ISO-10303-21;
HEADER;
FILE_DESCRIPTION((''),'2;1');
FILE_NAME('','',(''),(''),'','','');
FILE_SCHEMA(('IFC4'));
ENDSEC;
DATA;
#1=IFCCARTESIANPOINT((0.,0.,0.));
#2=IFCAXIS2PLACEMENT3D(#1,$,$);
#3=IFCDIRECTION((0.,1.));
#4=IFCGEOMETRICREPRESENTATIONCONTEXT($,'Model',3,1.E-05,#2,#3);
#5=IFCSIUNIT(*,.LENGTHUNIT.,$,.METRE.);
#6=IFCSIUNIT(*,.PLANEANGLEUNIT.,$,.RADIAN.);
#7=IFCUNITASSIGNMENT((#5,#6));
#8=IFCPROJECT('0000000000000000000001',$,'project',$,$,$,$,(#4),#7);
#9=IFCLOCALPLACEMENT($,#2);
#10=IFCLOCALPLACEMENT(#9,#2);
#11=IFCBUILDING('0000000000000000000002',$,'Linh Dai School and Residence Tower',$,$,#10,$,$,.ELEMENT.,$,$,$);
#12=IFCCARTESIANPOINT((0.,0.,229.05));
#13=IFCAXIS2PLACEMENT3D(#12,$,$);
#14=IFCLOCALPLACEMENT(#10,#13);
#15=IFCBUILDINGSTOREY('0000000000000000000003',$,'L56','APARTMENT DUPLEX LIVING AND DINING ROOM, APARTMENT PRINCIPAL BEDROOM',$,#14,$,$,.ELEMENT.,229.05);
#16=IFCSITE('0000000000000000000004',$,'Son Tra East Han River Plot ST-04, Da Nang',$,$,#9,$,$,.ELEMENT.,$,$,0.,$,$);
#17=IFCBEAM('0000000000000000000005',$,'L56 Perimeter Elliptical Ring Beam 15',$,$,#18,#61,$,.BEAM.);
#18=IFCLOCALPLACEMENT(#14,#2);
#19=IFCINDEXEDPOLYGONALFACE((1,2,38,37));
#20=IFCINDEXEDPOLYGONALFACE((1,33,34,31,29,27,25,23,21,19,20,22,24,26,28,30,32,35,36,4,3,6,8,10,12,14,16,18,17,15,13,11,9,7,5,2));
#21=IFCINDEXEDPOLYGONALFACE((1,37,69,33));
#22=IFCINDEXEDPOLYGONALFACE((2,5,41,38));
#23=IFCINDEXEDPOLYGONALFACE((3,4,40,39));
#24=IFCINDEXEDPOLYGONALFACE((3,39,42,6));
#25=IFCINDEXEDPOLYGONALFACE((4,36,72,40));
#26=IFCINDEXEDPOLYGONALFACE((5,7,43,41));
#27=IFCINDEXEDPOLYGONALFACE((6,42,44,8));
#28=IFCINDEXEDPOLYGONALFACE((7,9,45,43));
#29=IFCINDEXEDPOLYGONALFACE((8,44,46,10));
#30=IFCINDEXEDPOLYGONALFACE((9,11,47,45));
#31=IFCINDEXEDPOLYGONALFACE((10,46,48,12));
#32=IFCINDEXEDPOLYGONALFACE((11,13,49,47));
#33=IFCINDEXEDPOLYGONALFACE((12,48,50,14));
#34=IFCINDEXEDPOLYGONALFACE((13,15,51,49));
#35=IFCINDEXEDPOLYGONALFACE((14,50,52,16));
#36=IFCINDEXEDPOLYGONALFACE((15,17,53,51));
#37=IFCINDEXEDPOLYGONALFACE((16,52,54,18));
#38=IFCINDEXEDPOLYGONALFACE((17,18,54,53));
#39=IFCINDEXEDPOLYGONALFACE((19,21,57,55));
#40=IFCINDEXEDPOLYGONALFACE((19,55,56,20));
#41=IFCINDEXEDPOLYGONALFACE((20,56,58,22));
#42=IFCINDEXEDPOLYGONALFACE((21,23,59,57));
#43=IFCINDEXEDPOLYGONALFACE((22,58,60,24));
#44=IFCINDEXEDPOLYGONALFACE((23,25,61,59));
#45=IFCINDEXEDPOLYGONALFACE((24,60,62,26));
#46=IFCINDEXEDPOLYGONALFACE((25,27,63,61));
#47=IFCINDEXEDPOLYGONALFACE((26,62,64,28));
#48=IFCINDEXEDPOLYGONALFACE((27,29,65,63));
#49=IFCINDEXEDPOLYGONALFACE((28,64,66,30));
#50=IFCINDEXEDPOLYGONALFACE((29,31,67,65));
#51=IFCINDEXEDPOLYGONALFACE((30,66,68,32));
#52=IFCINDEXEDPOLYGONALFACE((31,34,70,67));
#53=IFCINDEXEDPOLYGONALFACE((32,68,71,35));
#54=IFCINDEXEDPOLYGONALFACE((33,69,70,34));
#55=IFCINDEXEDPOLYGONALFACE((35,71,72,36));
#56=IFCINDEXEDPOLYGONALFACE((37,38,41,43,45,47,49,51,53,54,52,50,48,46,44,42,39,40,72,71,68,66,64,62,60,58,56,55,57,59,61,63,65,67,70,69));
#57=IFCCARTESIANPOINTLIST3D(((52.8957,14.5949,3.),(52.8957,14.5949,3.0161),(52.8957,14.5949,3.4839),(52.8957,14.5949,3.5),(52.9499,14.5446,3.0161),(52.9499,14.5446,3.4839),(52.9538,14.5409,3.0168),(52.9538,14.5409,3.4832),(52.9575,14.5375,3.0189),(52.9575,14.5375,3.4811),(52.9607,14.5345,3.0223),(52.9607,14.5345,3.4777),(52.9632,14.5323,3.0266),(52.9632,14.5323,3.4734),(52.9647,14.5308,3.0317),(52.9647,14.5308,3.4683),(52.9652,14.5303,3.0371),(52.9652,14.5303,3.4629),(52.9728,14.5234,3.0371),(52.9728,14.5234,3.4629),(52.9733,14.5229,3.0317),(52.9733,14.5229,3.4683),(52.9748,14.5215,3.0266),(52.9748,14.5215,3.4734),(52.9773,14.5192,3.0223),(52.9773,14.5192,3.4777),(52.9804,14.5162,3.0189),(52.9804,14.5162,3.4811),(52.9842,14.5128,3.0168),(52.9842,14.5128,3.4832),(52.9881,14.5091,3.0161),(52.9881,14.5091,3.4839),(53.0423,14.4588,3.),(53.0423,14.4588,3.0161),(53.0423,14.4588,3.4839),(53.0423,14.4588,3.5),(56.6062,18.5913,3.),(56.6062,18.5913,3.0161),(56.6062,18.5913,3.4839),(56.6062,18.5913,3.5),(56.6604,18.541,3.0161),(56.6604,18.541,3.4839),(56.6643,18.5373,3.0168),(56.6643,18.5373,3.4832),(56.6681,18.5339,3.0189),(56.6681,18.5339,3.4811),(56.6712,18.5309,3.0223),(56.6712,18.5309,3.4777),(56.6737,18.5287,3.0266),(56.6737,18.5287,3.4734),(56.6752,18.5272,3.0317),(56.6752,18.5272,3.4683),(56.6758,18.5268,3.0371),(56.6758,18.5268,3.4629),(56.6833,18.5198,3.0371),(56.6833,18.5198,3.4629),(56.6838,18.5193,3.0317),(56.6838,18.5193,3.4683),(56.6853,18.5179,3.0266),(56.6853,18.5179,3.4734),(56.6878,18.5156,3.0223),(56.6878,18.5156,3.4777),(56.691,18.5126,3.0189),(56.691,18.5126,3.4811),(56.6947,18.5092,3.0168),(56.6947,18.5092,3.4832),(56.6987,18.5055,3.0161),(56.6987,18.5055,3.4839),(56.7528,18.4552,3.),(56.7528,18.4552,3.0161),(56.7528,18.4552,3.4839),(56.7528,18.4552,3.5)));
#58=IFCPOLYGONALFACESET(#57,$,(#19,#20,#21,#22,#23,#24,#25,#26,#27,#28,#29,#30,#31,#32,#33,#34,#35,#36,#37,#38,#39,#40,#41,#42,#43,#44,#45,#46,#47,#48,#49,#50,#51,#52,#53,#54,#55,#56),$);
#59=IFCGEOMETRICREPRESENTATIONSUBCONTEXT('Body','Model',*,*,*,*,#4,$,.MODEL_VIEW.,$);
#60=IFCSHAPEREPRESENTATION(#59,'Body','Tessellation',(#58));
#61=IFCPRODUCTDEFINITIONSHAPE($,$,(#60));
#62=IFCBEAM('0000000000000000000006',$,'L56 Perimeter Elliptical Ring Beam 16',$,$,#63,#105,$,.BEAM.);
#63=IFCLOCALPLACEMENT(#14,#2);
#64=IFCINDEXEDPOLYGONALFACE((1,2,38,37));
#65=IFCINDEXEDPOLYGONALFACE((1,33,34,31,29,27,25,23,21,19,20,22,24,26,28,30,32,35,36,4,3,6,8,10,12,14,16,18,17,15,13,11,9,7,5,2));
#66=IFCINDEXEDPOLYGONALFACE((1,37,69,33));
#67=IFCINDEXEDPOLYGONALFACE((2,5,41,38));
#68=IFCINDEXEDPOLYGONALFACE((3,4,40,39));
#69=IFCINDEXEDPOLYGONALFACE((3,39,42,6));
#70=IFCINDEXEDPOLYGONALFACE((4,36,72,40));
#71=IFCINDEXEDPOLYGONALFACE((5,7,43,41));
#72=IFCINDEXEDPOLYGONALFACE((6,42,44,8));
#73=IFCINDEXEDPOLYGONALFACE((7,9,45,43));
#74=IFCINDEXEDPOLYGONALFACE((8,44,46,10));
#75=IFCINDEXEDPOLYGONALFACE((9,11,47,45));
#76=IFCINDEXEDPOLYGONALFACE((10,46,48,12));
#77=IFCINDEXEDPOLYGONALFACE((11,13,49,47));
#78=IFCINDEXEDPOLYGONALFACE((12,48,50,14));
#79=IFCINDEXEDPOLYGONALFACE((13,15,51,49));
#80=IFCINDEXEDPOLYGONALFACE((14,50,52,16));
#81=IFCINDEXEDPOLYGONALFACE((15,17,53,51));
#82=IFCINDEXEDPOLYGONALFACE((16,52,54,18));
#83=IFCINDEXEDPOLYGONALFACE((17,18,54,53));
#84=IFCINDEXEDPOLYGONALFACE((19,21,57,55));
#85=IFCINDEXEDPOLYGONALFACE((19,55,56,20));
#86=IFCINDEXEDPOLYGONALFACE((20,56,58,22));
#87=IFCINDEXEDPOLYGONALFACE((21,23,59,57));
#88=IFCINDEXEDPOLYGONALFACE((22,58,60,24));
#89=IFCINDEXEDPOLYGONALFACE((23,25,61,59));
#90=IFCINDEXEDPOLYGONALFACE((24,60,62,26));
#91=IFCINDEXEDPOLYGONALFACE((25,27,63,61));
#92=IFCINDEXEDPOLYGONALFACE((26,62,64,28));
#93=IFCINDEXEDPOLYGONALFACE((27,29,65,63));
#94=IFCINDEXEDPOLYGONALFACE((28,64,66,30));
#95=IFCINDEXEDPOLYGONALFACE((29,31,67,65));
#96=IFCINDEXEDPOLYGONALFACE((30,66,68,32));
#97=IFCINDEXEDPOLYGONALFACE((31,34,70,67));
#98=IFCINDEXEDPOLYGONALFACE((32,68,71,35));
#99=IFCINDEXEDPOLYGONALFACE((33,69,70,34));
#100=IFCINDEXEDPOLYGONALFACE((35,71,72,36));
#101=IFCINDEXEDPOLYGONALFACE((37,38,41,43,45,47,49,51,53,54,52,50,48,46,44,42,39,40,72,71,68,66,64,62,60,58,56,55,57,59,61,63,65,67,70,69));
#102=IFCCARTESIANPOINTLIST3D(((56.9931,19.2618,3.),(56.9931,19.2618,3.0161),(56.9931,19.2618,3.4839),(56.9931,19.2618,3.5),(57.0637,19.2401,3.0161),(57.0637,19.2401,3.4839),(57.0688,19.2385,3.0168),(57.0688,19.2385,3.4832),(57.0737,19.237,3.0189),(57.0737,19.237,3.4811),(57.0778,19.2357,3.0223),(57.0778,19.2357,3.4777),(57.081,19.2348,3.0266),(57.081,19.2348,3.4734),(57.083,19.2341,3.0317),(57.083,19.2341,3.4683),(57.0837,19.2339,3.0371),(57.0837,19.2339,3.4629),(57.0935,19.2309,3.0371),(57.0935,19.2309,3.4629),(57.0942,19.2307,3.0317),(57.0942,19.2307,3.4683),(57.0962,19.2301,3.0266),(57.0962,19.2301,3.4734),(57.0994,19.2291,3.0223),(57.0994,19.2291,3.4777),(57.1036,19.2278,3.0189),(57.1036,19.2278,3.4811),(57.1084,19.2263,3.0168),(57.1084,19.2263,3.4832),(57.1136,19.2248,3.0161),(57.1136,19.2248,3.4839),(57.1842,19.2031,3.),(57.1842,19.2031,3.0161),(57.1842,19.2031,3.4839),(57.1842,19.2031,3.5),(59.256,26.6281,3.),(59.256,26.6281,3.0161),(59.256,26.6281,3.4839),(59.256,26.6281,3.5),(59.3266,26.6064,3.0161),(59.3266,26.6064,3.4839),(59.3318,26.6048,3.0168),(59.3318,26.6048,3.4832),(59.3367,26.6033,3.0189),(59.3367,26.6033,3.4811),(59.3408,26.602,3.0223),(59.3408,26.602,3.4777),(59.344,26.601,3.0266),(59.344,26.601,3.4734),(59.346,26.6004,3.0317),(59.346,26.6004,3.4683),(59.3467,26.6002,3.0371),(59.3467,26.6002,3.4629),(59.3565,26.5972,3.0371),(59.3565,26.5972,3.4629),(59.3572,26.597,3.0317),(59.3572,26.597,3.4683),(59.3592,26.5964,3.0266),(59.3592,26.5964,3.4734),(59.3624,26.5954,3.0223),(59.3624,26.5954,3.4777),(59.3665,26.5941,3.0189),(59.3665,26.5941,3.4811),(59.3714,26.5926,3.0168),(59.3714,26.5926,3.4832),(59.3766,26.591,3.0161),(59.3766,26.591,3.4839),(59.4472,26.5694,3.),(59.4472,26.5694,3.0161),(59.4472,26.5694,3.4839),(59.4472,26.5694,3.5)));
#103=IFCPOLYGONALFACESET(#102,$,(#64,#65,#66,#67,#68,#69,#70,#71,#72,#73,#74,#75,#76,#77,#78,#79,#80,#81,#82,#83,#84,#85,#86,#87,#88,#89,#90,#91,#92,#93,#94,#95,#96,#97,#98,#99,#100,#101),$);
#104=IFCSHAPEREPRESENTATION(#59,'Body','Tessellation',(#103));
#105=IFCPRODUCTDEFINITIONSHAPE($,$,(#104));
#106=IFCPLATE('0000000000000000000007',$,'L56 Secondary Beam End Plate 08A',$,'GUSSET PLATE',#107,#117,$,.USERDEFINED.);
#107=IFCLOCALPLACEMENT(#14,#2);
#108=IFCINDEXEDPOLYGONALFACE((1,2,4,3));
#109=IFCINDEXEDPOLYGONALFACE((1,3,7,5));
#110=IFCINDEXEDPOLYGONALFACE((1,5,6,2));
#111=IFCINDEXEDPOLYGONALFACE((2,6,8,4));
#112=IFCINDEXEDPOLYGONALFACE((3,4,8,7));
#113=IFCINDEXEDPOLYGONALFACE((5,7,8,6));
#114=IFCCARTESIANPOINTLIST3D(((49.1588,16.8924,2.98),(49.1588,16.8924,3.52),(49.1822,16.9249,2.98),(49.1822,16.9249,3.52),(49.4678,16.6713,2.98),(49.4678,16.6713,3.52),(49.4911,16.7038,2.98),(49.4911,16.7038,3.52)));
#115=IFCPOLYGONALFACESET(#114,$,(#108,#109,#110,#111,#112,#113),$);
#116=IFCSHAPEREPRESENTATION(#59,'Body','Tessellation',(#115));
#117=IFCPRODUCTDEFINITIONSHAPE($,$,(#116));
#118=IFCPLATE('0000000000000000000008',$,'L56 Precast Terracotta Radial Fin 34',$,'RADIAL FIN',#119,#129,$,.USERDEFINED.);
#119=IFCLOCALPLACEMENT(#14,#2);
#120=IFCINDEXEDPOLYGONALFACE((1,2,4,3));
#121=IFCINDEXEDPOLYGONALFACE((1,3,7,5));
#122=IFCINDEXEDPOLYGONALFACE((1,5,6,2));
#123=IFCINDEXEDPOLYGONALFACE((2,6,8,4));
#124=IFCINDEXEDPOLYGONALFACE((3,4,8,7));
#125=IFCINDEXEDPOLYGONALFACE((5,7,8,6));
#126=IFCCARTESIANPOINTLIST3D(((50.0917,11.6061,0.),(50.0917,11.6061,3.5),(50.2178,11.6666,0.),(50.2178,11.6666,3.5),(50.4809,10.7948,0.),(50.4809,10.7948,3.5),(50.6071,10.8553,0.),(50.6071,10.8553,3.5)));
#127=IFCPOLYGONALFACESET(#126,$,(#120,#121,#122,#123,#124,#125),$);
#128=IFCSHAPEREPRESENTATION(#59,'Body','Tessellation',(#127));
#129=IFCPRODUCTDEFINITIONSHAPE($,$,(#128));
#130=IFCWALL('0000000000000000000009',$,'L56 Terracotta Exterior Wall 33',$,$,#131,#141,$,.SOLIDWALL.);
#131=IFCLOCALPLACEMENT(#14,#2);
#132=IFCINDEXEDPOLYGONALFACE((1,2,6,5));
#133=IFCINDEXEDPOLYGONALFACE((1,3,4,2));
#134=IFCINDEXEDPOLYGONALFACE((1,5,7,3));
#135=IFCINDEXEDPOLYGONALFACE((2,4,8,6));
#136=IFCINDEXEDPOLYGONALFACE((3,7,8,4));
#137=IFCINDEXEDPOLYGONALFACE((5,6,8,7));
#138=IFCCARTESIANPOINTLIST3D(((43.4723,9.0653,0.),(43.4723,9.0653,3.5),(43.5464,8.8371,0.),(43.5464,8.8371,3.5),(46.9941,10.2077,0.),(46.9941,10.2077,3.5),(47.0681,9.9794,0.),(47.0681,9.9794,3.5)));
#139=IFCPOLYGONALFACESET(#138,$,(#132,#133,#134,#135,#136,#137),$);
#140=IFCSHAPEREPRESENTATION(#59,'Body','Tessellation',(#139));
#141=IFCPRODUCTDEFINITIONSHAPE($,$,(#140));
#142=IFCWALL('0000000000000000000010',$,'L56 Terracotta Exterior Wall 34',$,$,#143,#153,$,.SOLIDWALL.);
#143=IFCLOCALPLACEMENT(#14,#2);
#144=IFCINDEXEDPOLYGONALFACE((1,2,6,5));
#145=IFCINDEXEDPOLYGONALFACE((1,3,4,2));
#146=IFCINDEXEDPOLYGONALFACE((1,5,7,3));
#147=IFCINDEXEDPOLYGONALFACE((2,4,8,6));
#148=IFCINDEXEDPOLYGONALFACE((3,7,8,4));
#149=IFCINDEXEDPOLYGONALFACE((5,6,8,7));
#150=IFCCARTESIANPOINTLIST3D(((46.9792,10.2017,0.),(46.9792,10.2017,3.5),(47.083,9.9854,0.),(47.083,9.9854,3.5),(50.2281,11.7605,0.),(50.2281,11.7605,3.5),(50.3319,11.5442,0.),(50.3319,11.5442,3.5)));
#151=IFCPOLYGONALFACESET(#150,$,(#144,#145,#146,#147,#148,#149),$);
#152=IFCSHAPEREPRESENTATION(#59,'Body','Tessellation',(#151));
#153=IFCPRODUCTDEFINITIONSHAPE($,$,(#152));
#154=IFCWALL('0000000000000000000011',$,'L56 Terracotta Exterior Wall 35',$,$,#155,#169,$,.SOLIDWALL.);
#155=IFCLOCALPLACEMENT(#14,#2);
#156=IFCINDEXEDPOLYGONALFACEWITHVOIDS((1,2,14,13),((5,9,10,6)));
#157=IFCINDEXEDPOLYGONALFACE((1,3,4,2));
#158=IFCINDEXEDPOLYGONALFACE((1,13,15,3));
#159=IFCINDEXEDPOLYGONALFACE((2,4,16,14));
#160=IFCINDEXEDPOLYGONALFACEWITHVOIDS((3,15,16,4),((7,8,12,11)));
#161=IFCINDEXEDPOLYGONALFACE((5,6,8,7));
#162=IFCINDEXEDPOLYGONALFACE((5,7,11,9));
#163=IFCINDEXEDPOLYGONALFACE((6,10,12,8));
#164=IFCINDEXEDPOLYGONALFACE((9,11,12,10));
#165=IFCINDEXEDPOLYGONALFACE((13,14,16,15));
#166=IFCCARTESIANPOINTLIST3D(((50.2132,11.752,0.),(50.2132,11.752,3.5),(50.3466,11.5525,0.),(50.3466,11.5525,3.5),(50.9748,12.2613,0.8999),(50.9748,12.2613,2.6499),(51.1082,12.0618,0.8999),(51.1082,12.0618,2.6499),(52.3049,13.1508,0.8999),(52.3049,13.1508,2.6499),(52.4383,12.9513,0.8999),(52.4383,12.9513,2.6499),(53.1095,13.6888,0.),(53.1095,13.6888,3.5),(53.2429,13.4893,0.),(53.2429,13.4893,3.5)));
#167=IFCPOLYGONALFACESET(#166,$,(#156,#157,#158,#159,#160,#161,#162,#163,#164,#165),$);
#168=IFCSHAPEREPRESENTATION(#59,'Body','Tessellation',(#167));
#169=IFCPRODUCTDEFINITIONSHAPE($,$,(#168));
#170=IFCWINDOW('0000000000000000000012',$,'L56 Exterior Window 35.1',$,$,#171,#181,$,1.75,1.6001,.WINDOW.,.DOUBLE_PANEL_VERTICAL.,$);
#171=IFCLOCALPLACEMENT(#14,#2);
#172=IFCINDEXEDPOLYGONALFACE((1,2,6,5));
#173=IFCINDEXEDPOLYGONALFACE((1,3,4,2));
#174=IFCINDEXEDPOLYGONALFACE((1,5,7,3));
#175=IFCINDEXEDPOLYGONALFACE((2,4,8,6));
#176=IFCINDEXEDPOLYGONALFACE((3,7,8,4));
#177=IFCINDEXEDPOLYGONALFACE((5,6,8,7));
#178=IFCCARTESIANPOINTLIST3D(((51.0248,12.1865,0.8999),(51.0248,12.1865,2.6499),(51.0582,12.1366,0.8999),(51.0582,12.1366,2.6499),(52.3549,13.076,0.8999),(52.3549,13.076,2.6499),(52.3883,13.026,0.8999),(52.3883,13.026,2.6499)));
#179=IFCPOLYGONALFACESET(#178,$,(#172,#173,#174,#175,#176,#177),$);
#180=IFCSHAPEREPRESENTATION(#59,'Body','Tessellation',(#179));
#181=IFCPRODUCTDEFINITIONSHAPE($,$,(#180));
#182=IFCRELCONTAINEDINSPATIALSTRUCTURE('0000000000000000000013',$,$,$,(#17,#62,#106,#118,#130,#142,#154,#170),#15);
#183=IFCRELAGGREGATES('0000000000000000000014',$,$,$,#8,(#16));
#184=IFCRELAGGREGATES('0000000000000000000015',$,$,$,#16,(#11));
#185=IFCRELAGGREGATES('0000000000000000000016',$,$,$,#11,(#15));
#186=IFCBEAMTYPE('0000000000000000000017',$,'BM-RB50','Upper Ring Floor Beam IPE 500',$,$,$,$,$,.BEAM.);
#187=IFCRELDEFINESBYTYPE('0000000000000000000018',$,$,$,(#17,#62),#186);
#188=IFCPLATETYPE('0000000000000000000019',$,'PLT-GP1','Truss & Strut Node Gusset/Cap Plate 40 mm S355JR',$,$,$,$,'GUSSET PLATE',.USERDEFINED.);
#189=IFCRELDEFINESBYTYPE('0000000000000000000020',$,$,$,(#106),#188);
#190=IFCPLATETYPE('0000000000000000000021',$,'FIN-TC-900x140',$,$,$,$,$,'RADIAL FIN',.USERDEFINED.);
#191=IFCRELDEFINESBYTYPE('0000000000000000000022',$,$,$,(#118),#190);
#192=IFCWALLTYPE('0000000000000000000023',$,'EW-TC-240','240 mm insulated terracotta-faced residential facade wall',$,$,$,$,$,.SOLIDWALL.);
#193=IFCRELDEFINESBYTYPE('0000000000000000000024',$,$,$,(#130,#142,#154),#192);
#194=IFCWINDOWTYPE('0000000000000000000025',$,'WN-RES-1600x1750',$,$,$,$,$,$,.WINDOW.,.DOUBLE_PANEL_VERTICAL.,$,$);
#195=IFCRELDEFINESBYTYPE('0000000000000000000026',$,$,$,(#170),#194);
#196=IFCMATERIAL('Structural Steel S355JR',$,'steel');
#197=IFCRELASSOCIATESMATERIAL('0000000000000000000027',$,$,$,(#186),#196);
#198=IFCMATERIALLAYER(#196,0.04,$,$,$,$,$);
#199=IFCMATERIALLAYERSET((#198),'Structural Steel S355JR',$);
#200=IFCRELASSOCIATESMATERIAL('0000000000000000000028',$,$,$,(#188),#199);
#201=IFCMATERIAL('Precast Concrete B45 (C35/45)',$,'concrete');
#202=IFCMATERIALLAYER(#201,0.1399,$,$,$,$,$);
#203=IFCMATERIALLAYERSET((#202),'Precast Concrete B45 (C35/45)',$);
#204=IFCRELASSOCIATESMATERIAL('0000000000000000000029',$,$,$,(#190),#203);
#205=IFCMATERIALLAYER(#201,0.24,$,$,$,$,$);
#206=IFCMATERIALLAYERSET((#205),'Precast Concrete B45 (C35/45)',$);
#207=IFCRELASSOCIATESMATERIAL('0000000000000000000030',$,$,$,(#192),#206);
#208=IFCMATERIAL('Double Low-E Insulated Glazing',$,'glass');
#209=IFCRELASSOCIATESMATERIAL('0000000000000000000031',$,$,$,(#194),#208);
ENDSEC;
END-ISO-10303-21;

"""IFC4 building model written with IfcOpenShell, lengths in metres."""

from ifc_helpers import new_model, si_unit, direction, frame, frame_2d, origin, origin_2d, place, context, subcontext, project, spatial, rectangle, i_section, extrude, source, transform, mapped, material, layer, layer_set, material_profile, profile_set, type_object, element, fill, save


model = new_model("IFC4")

# Units and contexts
model_context = context("Model", 3, precision=1e-05, world=origin(), true_north=direction((0.0, 1.0)))
body_context = subcontext(model_context, "Body", "Model", "MODEL_VIEW")
ifc_project = project(units=[si_unit("LENGTHUNIT", "METRE"), si_unit("PLANEANGLEUNIT", "RADIAN")], contexts=[model_context])

# Site, building, storey
site_placement = place(None, origin())
site = spatial("IfcSite", under=ifc_project, at=site_placement, Name="Son Tra East Han River Plot ST-04, Da Nang", CompositionType="ELEMENT", RefElevation=0.0)
building_placement = place(site_placement, origin())
building = spatial("IfcBuilding", under=site, at=building_placement, Name="Linh Dai School and Residence Tower", CompositionType="ELEMENT")
storey_placement = place(building_placement, frame((0.0, 0.0, 229.05)))
storey = spatial("IfcBuildingStorey", under=building, at=storey_placement, Name="L56", Description="APARTMENT DUPLEX LIVING AND DINING ROOM, APARTMENT PRINCIPAL BEDROOM", CompositionType="ELEMENT", Elevation=229.05)

# Shared definitions
ifc_material_1 = material(Name="Structural Steel S355JR", Category="steel")

# Beams
ifc_material_profile_1 = material_profile(ifc_material_1, i_section(OverallWidth=0.2, OverallDepth=0.5, WebThickness=0.0103, FlangeThickness=0.0161, FilletRadius=0.021, at=origin_2d()), Name="IPE 500")
ifc_profile_set_1 = profile_set([ifc_material_profile_1], Name="Structural Steel S355JR")
beam_type_1 = type_object("IfcBeamType", Name="BM-RB50", Description="Upper Ring Floor Beam IPE 500", PredefinedType="BEAM", material=ifc_profile_set_1)
beam_1_placement = place(storey_placement, frame((52.969, 14.5269, 3.25), z_axis=(0.680408, 0.732833, 0.0), x_axis=(-0.732833, 0.680408, 0.0)))
element("IfcBeam", 1, at=beam_1_placement, inside=storey, type_object=beam_type_1, Name="L56 Perimeter Elliptical Ring Beam 15", PredefinedType="BEAM", context=body_context, shape_type="SweptSolid", body=[
    extrude(i_section(OverallWidth=0.2, OverallDepth=0.5, WebThickness=0.0103, FlangeThickness=0.0161, FilletRadius=0.021, at=origin_2d()), origin(), (0.0, 0.0, 1.0), 5.4534),
])
beam_2_placement = place(storey_placement, frame((57.0886, 19.2324, 3.25), z_axis=(0.293661, 0.95591, 0.0), x_axis=(-0.95591, 0.293661, 0.0)))
element("IfcBeam", 2, at=beam_2_placement, inside=storey, type_object=beam_type_1, Name="L56 Perimeter Elliptical Ring Beam 16", PredefinedType="BEAM", context=body_context, shape_type="SweptSolid", body=[
    extrude(i_section(OverallWidth=0.2, OverallDepth=0.5, WebThickness=0.0103, FlangeThickness=0.0161, FilletRadius=0.021, at=origin_2d()), origin(), (0.0, 0.0, 1.0), 7.7061),
])

# Plates
ifc_layer_1 = layer(ifc_material_1, 0.04)
ifc_layer_set_1 = layer_set([ifc_layer_1], Name="Structural Steel S355JR")
plate_type_1 = type_object("IfcPlateType", Name="PLT-GP1", Description="Truss & Strut Node Gusset/Cap Plate 40 mm S355JR", ElementType="GUSSET PLATE", PredefinedType="USERDEFINED", material=ifc_layer_set_1)
shared_shape_1 = source(origin(), body_context, "Body", "SweptSolid", [
    extrude(rectangle(XDim=0.04, YDim=0.3799, at=origin_2d()), origin(), (0.0, 0.0, 1.0), 0.54),
])
plate_1_placement = place(storey_placement, frame((49.325, 16.7981, 2.98), z_axis=(0.0, 0.0, 1.0), x_axis=(0.58204, 0.81316, 0.0)))
element("IfcPlate", 3, at=plate_1_placement, inside=storey, type_object=plate_type_1, Name="L56 Secondary Beam End Plate 08A", ObjectType="GUSSET PLATE", PredefinedType="USERDEFINED", context=body_context, shape_type="MappedRepresentation", body=[
    mapped(shared_shape_1, transform((0.0, 0.0, 0.0), x_axis=(1.0, 0.0, 0.0), y_axis=(0.0, 1.0, 0.0), z_axis=(0.0, 0.0, 1.0), scale=1.0)),
])
ifc_material_2 = material(Name="Precast Concrete B45 (C35/45)", Category="concrete")
ifc_layer_2 = layer(ifc_material_2, 0.1399)
ifc_layer_set_2 = layer_set([ifc_layer_2], Name="Precast Concrete B45 (C35/45)")
plate_type_2 = type_object("IfcPlateType", Name="FIN-TC-900x140", ElementType="RADIAL FIN", PredefinedType="USERDEFINED", material=ifc_layer_set_2)
shared_shape_2 = source(origin(), body_context, "Body", "SweptSolid", [
    extrude(rectangle(XDim=0.8999, YDim=0.1399, at=origin_2d()), origin(), (0.0, 0.0, 1.0), 3.5),
])
plate_2_placement = place(storey_placement, frame((50.3494, 11.2307, 0.0), z_axis=(0.0, 0.0, 1.0), x_axis=(0.432594, -0.901589, 0.0)))
element("IfcPlate", 4, at=plate_2_placement, inside=storey, type_object=plate_type_2, Name="L56 Precast Terracotta Radial Fin 34", ObjectType="RADIAL FIN", PredefinedType="USERDEFINED", context=body_context, shape_type="MappedRepresentation", body=[
    mapped(shared_shape_2, transform((0.0, 0.0, 0.0), x_axis=(1.0, 0.0, 0.0), y_axis=(0.0, 1.0, 0.0), z_axis=(0.0, 0.0, 1.0), scale=1.0)),
])

# Walls
ifc_layer_3 = layer(ifc_material_2, 0.24)
ifc_layer_set_3 = layer_set([ifc_layer_3], Name="Precast Concrete B45 (C35/45)")
wall_type_1 = type_object("IfcWallType", Name="EW-TC-240", Description="240 mm insulated terracotta-faced residential facade wall", PredefinedType="SOLIDWALL", material=ifc_layer_set_3)
wall_1_placement = place(storey_placement, frame((47.031, 10.0935, 0.0), z_axis=(0.0, 0.0, 1.0), x_axis=(-0.951211, -0.308542, 0.0)))
element("IfcWall", 5, at=wall_1_placement, inside=storey, type_object=wall_type_1, Name="L56 Terracotta Exterior Wall 33", PredefinedType="SOLIDWALL", context=body_context, shape_type="SweptSolid", body=[
    extrude(rectangle(XDim=3.7024, YDim=0.24, at=frame_2d((1.8511, 0.0))), origin(), (0.0, 0.0, 1.0), 3.5),
])
wall_2_placement = place(storey_placement, frame((50.28, 11.6523, 0.0), z_axis=(0.0, 0.0, 1.0), x_axis=(-0.901598, -0.432575, 0.0)))
element("IfcWall", 6, at=wall_2_placement, inside=storey, type_object=wall_type_1, Name="L56 Terracotta Exterior Wall 34", PredefinedType="SOLIDWALL", context=body_context, shape_type="SweptSolid", body=[
    extrude(rectangle(XDim=3.6035, YDim=0.24, at=frame_2d((1.8018, 0.0))), origin(), (0.0, 0.0, 1.0), 3.5),
])

# Wall, opening, window
wall_3_placement = place(storey_placement, frame((53.1763, 13.5891, 0.0), z_axis=(0.0, 0.0, 1.0), x_axis=(-0.831262, -0.55588, 0.0)))
wall_3 = element("IfcWall", 7, at=wall_3_placement, inside=storey, type_object=wall_type_1, Name="L56 Terracotta Exterior Wall 35", PredefinedType="SOLIDWALL", context=body_context, shape_type="SweptSolid", body=[
    extrude(rectangle(XDim=3.4841, YDim=0.24, at=frame_2d((1.7422, 0.0))), origin(), (0.0, 0.0, 1.0), 3.5),
])
opening_1_placement = place(wall_3_placement, frame((0.968, 0.0, 0.8999)))
opening_1 = element("IfcOpeningElement", 8, at=opening_1_placement, cuts=wall_3, PredefinedType="OPENING", context=body_context, shape_type="SweptSolid", body=[
    extrude(rectangle(XDim=1.6001, YDim=1.75, at=origin_2d()), frame((0.8, 0.1299, 0.875), z_axis=(0.0, -1.0, 0.0), x_axis=(1.0, 0.0, 0.0)), (0.0, 0.0, 1.0), 0.26),
])
ifc_material_3 = material(Name="Double Low-E Insulated Glazing", Category="glass")
window_type = type_object("IfcWindowType", Name="WN-RES-1600x1750", PartitioningType="DOUBLE_PANEL_VERTICAL", PredefinedType="WINDOW", material=ifc_material_3)
shared_shape_3 = source(origin(), body_context, "Body", "SweptSolid", [
    extrude(rectangle(XDim=1.6001, YDim=1.75, at=origin_2d()), frame((0.8, 0.03, 0.875), z_axis=(0.0, -1.0, 0.0), x_axis=(1.0, 0.0, 0.0)), (0.0, 0.0, 1.0), 0.0601),
])
window_placement = place(opening_1_placement, origin())
window = element("IfcWindow", 9, at=window_placement, inside=storey, type_object=window_type, Name="L56 Exterior Window 35.1", OverallHeight=1.75, OverallWidth=1.6001, PartitioningType="DOUBLE_PANEL_VERTICAL", PredefinedType="WINDOW", context=body_context, shape_type="MappedRepresentation", body=[
    mapped(shared_shape_3, transform((0.0, 0.0, 0.0), x_axis=(1.0, 0.0, 0.0), y_axis=(0.0, 1.0, 0.0), z_axis=(0.0, 0.0, 1.0), scale=1.0)),
])
fill(opening_1, window)

save(model, "model.ifc")
